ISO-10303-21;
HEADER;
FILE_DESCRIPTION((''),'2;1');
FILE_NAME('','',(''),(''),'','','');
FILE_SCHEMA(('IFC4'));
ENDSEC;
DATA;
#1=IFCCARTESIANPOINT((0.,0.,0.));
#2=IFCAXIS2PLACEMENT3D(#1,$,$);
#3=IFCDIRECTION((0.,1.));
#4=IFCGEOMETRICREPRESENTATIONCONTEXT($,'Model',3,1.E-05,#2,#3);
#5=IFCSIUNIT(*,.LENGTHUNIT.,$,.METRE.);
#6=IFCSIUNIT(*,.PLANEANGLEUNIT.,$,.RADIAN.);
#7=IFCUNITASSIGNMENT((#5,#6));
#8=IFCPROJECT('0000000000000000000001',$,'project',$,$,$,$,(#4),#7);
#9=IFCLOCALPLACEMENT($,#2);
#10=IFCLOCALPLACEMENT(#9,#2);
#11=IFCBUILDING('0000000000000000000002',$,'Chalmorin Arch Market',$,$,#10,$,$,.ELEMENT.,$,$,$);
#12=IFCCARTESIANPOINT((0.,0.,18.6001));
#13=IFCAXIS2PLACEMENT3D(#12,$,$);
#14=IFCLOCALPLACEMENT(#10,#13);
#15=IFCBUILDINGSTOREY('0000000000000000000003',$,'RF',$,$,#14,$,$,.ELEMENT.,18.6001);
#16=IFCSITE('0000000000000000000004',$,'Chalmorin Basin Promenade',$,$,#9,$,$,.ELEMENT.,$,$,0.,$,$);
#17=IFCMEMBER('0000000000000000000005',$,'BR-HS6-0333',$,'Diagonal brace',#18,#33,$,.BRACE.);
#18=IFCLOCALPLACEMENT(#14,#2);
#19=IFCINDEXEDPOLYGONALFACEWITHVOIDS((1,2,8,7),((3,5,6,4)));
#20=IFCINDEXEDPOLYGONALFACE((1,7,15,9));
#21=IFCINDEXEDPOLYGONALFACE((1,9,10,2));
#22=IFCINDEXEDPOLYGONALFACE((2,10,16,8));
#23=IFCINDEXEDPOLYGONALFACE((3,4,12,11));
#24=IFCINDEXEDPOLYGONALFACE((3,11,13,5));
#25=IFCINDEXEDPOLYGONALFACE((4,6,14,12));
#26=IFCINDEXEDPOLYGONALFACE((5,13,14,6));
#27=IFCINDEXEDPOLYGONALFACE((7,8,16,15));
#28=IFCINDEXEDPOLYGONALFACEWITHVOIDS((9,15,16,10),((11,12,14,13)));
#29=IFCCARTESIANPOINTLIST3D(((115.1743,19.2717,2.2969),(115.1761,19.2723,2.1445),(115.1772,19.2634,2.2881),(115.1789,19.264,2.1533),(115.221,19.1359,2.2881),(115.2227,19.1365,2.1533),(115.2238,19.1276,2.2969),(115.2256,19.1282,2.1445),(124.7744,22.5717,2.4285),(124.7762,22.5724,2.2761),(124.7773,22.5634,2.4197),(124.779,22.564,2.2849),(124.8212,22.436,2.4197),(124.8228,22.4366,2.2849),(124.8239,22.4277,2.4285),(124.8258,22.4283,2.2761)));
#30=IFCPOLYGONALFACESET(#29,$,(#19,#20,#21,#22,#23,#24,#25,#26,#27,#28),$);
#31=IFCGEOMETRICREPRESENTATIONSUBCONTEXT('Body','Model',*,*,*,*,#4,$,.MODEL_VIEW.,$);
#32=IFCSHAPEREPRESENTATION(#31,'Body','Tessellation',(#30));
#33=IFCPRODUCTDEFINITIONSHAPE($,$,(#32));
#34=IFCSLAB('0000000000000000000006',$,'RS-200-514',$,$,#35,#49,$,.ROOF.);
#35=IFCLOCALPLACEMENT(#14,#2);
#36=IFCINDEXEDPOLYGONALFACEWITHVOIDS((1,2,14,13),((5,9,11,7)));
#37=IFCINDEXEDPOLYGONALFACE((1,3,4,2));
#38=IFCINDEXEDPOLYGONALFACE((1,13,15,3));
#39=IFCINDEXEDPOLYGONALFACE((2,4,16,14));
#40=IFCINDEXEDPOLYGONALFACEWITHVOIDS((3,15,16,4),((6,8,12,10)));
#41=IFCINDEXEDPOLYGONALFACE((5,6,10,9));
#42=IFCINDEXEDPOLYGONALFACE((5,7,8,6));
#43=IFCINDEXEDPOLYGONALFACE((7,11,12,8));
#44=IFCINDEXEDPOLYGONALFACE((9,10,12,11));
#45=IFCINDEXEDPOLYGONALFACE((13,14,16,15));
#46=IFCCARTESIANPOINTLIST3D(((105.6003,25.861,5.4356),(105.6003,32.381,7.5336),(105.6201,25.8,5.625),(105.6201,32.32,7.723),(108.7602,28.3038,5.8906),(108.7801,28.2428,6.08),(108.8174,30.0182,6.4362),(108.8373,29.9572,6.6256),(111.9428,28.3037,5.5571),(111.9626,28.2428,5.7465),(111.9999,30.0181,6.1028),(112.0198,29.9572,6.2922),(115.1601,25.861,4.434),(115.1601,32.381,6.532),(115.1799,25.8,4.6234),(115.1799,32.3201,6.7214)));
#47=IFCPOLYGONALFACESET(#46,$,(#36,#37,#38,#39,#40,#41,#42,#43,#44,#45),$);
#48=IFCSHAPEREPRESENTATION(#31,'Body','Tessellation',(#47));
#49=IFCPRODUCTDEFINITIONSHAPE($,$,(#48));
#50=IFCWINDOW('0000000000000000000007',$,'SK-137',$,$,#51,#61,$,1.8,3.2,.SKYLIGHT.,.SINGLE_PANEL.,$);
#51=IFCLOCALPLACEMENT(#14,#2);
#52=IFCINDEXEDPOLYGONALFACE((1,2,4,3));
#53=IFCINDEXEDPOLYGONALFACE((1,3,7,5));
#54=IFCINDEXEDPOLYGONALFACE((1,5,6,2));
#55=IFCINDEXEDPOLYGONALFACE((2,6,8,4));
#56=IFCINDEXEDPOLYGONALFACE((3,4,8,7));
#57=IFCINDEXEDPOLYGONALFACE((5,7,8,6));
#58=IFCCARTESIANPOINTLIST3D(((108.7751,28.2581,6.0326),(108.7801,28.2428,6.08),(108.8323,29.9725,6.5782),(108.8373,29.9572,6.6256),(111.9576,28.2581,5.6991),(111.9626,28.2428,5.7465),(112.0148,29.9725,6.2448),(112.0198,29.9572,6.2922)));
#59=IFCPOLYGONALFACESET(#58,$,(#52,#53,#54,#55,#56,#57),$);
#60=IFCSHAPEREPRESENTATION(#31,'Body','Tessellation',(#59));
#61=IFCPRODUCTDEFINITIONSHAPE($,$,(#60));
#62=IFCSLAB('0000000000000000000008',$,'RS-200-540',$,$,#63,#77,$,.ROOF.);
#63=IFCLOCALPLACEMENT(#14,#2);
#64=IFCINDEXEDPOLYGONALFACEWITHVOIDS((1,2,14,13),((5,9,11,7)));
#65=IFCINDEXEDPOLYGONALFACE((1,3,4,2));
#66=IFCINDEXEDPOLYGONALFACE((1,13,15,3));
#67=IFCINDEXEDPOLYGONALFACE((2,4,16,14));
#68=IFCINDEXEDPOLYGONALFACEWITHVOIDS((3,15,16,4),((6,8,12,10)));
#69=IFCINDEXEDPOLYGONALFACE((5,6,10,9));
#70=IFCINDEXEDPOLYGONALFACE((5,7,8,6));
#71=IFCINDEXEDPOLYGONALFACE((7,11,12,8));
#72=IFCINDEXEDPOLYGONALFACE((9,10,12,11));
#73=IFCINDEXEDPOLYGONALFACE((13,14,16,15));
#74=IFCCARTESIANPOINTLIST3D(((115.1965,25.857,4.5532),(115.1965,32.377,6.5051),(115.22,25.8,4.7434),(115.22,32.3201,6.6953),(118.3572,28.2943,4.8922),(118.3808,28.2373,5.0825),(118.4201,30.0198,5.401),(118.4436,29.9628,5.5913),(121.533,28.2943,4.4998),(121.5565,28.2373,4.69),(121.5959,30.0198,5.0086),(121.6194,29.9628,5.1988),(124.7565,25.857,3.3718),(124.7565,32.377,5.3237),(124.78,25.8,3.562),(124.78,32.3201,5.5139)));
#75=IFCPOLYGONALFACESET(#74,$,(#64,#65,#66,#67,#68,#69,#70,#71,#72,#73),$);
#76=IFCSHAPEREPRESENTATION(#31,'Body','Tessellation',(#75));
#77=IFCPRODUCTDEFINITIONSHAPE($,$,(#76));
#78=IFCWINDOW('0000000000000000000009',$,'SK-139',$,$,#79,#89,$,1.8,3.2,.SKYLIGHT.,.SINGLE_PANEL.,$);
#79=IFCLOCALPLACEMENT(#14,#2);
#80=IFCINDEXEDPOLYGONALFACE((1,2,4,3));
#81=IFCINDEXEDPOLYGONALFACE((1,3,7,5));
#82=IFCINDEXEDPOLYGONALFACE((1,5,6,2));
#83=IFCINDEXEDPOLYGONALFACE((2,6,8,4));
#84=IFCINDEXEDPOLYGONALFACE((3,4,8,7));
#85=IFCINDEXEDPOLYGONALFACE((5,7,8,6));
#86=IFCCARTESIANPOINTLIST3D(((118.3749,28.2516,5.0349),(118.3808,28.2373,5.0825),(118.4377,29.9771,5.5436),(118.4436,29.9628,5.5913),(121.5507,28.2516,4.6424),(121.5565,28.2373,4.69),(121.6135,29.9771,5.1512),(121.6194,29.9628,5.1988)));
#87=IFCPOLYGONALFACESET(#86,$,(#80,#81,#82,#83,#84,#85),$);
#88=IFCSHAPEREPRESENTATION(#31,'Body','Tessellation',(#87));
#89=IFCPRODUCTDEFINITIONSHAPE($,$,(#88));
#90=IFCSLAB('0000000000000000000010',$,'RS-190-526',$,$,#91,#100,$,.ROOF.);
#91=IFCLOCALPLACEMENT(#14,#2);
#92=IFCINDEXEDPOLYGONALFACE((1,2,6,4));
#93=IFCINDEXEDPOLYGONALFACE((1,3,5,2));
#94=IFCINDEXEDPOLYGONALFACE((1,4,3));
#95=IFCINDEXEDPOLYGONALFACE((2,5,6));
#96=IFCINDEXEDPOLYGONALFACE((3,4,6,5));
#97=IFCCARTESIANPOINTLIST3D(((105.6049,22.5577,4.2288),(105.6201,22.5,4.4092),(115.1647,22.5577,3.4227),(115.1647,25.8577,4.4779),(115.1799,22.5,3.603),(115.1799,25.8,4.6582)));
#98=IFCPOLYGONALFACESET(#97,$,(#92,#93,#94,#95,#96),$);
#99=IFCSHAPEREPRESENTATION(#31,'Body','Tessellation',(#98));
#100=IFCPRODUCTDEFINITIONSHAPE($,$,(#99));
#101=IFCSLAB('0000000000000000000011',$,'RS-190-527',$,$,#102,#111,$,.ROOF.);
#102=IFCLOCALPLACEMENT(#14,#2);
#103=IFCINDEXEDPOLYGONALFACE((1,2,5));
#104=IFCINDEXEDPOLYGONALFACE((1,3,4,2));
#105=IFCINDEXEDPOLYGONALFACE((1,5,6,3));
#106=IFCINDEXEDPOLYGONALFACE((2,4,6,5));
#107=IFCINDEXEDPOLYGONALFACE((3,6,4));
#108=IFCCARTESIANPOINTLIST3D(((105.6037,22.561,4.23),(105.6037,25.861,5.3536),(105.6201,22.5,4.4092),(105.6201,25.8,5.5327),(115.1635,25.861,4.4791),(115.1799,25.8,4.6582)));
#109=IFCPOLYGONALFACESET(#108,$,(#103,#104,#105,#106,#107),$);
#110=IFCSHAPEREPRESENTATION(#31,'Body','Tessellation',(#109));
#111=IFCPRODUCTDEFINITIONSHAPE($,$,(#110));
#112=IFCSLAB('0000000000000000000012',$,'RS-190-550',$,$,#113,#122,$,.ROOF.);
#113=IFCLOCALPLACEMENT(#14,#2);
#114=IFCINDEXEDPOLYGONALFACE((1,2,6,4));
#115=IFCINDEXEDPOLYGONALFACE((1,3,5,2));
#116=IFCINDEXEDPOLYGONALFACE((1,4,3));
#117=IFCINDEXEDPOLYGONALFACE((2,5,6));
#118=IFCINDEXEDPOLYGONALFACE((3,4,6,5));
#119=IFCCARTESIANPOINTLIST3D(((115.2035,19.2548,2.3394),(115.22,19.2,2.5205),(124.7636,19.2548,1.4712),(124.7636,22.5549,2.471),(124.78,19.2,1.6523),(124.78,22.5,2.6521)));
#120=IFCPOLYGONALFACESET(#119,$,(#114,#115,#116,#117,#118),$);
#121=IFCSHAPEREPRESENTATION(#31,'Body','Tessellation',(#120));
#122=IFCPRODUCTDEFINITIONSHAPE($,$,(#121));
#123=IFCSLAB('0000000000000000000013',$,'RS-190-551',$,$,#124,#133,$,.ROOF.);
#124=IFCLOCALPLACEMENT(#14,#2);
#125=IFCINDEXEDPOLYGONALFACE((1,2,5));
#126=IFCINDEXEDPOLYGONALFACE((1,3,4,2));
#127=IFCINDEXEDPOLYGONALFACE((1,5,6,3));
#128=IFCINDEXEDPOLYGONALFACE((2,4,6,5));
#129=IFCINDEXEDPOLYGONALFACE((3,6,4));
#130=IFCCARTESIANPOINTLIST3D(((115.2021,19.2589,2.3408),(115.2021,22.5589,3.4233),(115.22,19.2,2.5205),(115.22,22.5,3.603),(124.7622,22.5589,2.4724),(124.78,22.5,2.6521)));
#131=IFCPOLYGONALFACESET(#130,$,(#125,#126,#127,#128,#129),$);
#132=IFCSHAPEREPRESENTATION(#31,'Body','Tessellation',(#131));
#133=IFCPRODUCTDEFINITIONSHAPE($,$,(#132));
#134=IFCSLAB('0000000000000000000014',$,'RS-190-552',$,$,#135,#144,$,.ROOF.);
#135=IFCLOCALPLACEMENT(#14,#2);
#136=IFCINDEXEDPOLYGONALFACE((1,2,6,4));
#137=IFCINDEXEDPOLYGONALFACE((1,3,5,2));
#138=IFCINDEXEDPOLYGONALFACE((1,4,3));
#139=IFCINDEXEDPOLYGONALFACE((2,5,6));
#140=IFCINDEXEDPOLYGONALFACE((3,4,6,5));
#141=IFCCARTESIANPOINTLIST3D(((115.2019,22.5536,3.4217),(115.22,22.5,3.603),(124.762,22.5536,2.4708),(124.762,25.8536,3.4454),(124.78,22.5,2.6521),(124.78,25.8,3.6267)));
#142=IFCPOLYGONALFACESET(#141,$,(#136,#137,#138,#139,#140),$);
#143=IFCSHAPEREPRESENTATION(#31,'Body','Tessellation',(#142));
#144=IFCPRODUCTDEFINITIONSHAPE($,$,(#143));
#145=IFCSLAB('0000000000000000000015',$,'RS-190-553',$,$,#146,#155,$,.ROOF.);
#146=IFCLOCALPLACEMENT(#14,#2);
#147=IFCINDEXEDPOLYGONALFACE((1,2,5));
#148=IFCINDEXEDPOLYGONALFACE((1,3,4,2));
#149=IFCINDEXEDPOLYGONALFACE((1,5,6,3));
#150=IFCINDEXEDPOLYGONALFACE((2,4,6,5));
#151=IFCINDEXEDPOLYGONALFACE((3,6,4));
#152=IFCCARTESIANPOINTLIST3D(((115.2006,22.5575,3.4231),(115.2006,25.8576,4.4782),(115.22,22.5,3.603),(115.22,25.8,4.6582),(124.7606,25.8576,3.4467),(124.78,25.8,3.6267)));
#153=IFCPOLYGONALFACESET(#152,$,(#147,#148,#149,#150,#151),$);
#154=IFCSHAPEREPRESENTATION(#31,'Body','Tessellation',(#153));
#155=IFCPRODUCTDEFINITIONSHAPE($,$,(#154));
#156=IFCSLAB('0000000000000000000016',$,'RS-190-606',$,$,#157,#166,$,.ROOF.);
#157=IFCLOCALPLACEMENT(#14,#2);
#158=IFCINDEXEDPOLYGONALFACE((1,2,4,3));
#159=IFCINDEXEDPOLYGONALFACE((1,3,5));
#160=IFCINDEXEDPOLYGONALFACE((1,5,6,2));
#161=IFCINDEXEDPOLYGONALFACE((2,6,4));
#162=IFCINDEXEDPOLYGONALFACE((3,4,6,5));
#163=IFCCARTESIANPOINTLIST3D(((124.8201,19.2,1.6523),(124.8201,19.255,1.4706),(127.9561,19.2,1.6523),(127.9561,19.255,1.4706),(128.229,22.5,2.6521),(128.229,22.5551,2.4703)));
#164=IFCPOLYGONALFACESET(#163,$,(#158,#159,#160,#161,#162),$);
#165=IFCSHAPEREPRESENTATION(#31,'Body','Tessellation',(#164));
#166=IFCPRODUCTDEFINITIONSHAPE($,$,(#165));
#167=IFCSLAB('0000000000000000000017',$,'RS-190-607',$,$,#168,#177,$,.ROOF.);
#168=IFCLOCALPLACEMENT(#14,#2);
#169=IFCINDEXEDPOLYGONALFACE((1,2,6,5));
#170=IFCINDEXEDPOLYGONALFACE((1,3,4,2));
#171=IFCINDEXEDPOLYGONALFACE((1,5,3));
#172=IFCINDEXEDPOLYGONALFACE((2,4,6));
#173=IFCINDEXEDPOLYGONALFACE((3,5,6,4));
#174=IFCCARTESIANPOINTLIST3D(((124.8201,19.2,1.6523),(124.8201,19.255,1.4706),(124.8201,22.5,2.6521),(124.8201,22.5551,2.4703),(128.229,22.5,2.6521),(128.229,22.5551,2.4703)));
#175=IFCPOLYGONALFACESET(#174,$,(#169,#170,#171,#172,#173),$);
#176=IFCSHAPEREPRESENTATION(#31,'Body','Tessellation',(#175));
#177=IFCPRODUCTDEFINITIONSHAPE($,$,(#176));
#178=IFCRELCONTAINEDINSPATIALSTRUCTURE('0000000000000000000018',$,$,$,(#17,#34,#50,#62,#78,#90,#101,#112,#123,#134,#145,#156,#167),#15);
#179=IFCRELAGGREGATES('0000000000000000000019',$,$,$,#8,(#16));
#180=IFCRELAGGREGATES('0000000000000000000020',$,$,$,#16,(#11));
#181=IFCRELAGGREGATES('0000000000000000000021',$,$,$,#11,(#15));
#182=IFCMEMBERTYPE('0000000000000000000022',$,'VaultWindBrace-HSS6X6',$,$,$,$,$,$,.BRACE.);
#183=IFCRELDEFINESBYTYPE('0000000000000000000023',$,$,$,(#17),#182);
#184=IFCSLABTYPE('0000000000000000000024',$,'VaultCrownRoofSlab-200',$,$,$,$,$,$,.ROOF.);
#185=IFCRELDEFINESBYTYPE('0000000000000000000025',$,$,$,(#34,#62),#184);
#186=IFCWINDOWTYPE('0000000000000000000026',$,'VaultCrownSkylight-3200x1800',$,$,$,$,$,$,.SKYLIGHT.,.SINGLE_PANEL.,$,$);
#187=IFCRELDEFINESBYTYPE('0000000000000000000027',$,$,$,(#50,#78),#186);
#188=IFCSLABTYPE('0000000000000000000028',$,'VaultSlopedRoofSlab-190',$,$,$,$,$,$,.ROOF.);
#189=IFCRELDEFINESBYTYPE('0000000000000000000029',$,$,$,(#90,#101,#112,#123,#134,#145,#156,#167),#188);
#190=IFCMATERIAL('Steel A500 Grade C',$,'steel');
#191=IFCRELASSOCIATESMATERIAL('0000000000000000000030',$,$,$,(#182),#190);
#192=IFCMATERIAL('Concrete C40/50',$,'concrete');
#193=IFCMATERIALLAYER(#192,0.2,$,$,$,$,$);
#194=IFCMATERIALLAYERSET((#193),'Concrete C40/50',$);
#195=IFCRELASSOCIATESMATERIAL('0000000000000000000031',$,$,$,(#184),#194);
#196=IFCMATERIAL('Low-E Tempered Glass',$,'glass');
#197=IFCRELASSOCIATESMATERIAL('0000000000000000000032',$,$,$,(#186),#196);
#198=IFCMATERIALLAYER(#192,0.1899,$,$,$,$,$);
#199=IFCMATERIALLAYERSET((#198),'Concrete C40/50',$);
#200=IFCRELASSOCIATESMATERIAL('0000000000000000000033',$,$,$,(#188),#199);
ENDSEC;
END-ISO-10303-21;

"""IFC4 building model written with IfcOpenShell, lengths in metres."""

from ifc_helpers import new_model, si_unit, direction, frame, origin, origin_2d, place, context, subcontext, project, spatial, polyline, rectangle, hollow_rectangle, outline, extrude, material, layer, layer_set, material_profile, profile_set, type_object, element, fill, save


model = new_model("IFC4")

# Units and contexts
model_context = context("Model", 3, precision=1e-05, world=origin(), true_north=direction((0.0, 1.0)))
body_context = subcontext(model_context, "Body", "Model", "MODEL_VIEW")
ifc_project = project(units=[si_unit("LENGTHUNIT", "METRE"), si_unit("PLANEANGLEUNIT", "RADIAN")], contexts=[model_context])

# Site, building, storey
site_placement = place(None, origin())
site = spatial("IfcSite", under=ifc_project, at=site_placement, Name="Chalmorin Basin Promenade", CompositionType="ELEMENT", RefElevation=0.0)
building_placement = place(site_placement, origin())
building = spatial("IfcBuilding", under=site, at=building_placement, Name="Chalmorin Arch Market", CompositionType="ELEMENT")
storey_placement = place(building_placement, frame((0.0, 0.0, 18.6001)))
storey = spatial("IfcBuildingStorey", under=building, at=storey_placement, Name="RF", CompositionType="ELEMENT", Elevation=18.6001)

# Shared definitions
ifc_material_1 = material(Name="Steel A500 Grade C", Category="steel")

# Member
ifc_material_profile_1 = material_profile(ifc_material_1, hollow_rectangle(XDim=0.1523, YDim=0.1523, WallThickness=0.0088, at=origin_2d()), Name="HSS6X6X3/8")
ifc_profile_set_1 = profile_set([ifc_material_profile_1], Name="Steel A500 Grade C")
member_type_1 = type_object("IfcMemberType", Name="VaultWindBrace-HSS6X6", PredefinedType="BRACE", material=ifc_profile_set_1)
member_1_placement = place(storey_placement, frame((115.2, 19.2, 2.2207), z_axis=(0.945607, 0.325054, 0.012962), x_axis=(-0.325081, 0.945686, 0.0)))
element("IfcMember", 1, at=member_1_placement, inside=storey, type_object=member_type_1, Name="BR-HS6-0333", ObjectType="Diagonal brace", PredefinedType="BRACE", context=body_context, shape_type="SweptSolid", body=[
    extrude(hollow_rectangle(XDim=0.1523, YDim=0.1523, WallThickness=0.0088, at=origin_2d()), origin(), (0.0, 0.0, 1.0), 10.1523),
])

# Slabs, openings, windows
ifc_material_2 = material(Name="Concrete C40/50", Category="concrete")
ifc_layer_1 = layer(ifc_material_2, 0.2)
ifc_layer_set_1 = layer_set([ifc_layer_1], Name="Concrete C40/50")
slab_type_1 = type_object("IfcSlabType", Name="VaultCrownRoofSlab-200", PredefinedType="ROOF", material=ifc_layer_set_1)
slab_1_placement = place(storey_placement, frame((105.6201, 25.8, 5.625), z_axis=(0.099242, -0.304802, 0.947231), x_axis=(0.994556, -0.000004, -0.104201)))
slab_1 = element("IfcSlab", 2, at=slab_1_placement, inside=storey, type_object=slab_type_1, Name="RS-200-514", PredefinedType="ROOF", context=body_context, shape_type="SweptSolid", body=[
    extrude(outline(polyline([(0.0, 0.0), (9.6122, 0.0), (9.3935, 6.8458), (-0.2186, 6.8457), (0.0, 0.0)])), origin(), (0.0, 0.0, -1.0), 0.2),
])
opening_1_placement = place(slab_1_placement, frame((4.6953, 3.4648, -0.2148)))
opening_1 = element("IfcOpeningElement", 3, at=opening_1_placement, cuts=slab_1, PredefinedType="OPENING", context=body_context, shape_type="SweptSolid", body=[
    extrude(rectangle(XDim=3.2, YDim=1.8, at=origin_2d()), origin(), (0.0, 0.0, 1.0), 0.23),
])
ifc_material_3 = material(Name="Low-E Tempered Glass", Category="glass")
window_type = type_object("IfcWindowType", Name="VaultCrownSkylight-3200x1800", PartitioningType="SINGLE_PANEL", PredefinedType="SKYLIGHT", material=ifc_material_3)
window_1_placement = place(slab_1_placement, frame((4.6953, 3.4648, -0.05)))
window_1 = element("IfcWindow", 4, at=window_1_placement, inside=storey, type_object=window_type, Name="SK-137", OverallHeight=1.8, OverallWidth=3.2, PartitioningType="SINGLE_PANEL", PredefinedType="SKYLIGHT", context=body_context, shape_type="SweptSolid", body=[
    extrude(rectangle(XDim=3.2, YDim=1.8, at=origin_2d()), origin(), (0.0, 0.0, 1.0), 0.05),
])
fill(opening_1, window_1)
slab_2_placement = place(storey_placement, frame((115.22, 25.8, 4.7434), z_axis=(0.117564, -0.284806, 0.951349), x_axis=(0.992451, 0.0, -0.122643)))
slab_2 = element("IfcSlab", 5, at=slab_2_placement, inside=storey, type_object=slab_type_1, Name="RS-200-540", PredefinedType="ROOF", context=body_context, shape_type="SweptSolid", body=[
    extrude(outline(polyline([(0.0, 0.0), (9.6328, 0.0), (9.3934, 6.8017), (-0.2394, 6.8017), (0.0, 0.0)])), origin(), (0.0, 0.0, -1.0), 0.2),
])
opening_2_placement = place(slab_2_placement, frame((4.6953, 3.4426, -0.2148)))
opening_2 = element("IfcOpeningElement", 6, at=opening_2_placement, cuts=slab_2, PredefinedType="OPENING", context=body_context, shape_type="SweptSolid", body=[
    extrude(rectangle(XDim=3.2, YDim=1.8, at=origin_2d()), origin(), (0.0, 0.0, 1.0), 0.23),
])
window_2_placement = place(slab_2_placement, frame((4.6953, 3.4426, -0.05)))
window_2 = element("IfcWindow", 7, at=window_2_placement, inside=storey, type_object=window_type, Name="SK-139", OverallHeight=1.8, OverallWidth=3.2, PartitioningType="SINGLE_PANEL", PredefinedType="SKYLIGHT", context=body_context, shape_type="SweptSolid", body=[
    extrude(rectangle(XDim=3.2, YDim=1.8, at=origin_2d()), origin(), (0.0, 0.0, 1.0), 0.05),
])
fill(opening_2, window_2)

# Slabs
ifc_layer_2 = layer(ifc_material_2, 0.1899)
ifc_layer_set_2 = layer_set([ifc_layer_2], Name="Concrete C40/50")
slab_type_2 = type_object("IfcSlabType", Name="VaultSlopedRoofSlab-190", PredefinedType="ROOF", material=ifc_layer_set_2)
slab_3_placement = place(storey_placement, frame((105.6201, 22.5, 4.4092), z_axis=(0.080063, -0.303578, 0.949437), x_axis=(0.996463, 0.0, -0.084029)))
element("IfcSlab", 8, at=slab_3_placement, inside=storey, type_object=slab_type_2, Name="RS-190-526", PredefinedType="ROOF", context=body_context, shape_type="SweptSolid", body=[
    extrude(outline(polyline([(0.0, 0.0), (9.5937, 0.0), (9.5051, 3.4635), (0.0, 0.0)])), origin(), (0.0, 0.0, -1.0), 0.1899),
])
slab_4_placement = place(storey_placement, frame((105.6201, 22.5, 4.4092), z_axis=(0.086274, -0.321091, 0.94311), x_axis=(0.944978, 0.326206, 0.024616)))
element("IfcSlab", 9, at=slab_4_placement, inside=storey, type_object=slab_type_2, Name="RS-190-527", PredefinedType="ROOF", context=body_context, shape_type="SweptSolid", body=[
    extrude(outline(polyline([(0.0, 0.0), (10.1164, 0.0), (1.1042, 3.3066), (0.0, 0.0)])), origin(), (0.0, 0.0, -1.0), 0.1899),
])
slab_5_placement = place(storey_placement, frame((115.22, 19.2, 2.5205), z_axis=(0.086584, -0.28885, 0.953451), x_axis=(0.995902, 0.0, -0.090439)))
element("IfcSlab", 10, at=slab_5_placement, inside=storey, type_object=slab_type_2, Name="RS-190-550", PredefinedType="ROOF", context=body_context, shape_type="SweptSolid", body=[
    extrude(outline(polyline([(0.0, 0.0), (9.5994, 0.0), (9.509, 3.447), (0.0, 0.0)])), origin(), (0.0, 0.0, -1.0), 0.1899),
])
slab_6_placement = place(storey_placement, frame((115.22, 19.2, 2.5205), z_axis=(0.094094, -0.310307, 0.945968), x_axis=(0.945187, 0.32627, 0.01301)))
element("IfcSlab", 11, at=slab_6_placement, inside=storey, type_object=slab_type_2, Name="RS-190-551", PredefinedType="ROOF", context=body_context, shape_type="SweptSolid", body=[
    extrude(outline(polyline([(0.0, 0.0), (10.1145, 0.0), (1.0908, 3.2973), (0.0, 0.0)])), origin(), (0.0, 0.0, -1.0), 0.1899),
])
slab_7_placement = place(storey_placement, frame((115.22, 22.5, 3.603), z_axis=(0.094964, -0.281958, 0.954715), x_axis=(0.995089, 0.0, -0.09898)))
element("IfcSlab", 12, at=slab_7_placement, inside=storey, type_object=slab_type_2, Name="RS-190-552", PredefinedType="ROOF", context=body_context, shape_type="SweptSolid", body=[
    extrude(outline(polyline([(0.0, 0.0), (9.6072, 0.0), (9.5108, 3.4396), (0.0, 0.0)])), origin(), (0.0, 0.0, -1.0), 0.1899),
])
slab_8_placement = place(storey_placement, frame((115.22, 22.5, 3.603), z_axis=(0.102232, -0.30296, 0.947504), x_axis=(0.945264, 0.326297, 0.002342)))
element("IfcSlab", 13, at=slab_8_placement, inside=storey, type_object=slab_type_2, Name="RS-190-553", PredefinedType="ROOF", context=body_context, shape_type="SweptSolid", body=[
    extrude(outline(polyline([(0.0, 0.0), (10.1136, 0.0), (1.0793, 3.2922), (0.0, 0.0)])), origin(), (0.0, 0.0, -1.0), 0.1899),
])
slab_9_placement = place(storey_placement, frame((124.8201, 19.2, 1.6523), z_axis=(0.0, -0.289939, 0.957045), x_axis=(1.0, 0.0, 0.0)))
element("IfcSlab", 14, at=slab_9_placement, inside=storey, type_object=slab_type_2, Name="RS-190-606", PredefinedType="ROOF", context=body_context, shape_type="SweptSolid", body=[
    extrude(outline(polyline([(0.0, 0.0), (3.136, 0.0), (3.4089, 3.4482), (0.0, 0.0)])), origin(), (0.0, 0.0, -1.0), 0.1899),
])
slab_10_placement = place(storey_placement, frame((124.8201, 19.2, 1.6523), z_axis=(0.0, -0.289939, 0.957045), x_axis=(0.70305, 0.680594, 0.206187)))
element("IfcSlab", 15, at=slab_10_placement, inside=storey, type_object=slab_type_2, Name="RS-190-607", PredefinedType="ROOF", context=body_context, shape_type="SweptSolid", body=[
    extrude(outline(polyline([(0.0, 0.0), (4.8488, 0.0), (2.4521, 2.4242), (0.0, 0.0)])), origin(), (0.0, 0.0, -1.0), 0.1899),
])

save(model, "model.ifc")
